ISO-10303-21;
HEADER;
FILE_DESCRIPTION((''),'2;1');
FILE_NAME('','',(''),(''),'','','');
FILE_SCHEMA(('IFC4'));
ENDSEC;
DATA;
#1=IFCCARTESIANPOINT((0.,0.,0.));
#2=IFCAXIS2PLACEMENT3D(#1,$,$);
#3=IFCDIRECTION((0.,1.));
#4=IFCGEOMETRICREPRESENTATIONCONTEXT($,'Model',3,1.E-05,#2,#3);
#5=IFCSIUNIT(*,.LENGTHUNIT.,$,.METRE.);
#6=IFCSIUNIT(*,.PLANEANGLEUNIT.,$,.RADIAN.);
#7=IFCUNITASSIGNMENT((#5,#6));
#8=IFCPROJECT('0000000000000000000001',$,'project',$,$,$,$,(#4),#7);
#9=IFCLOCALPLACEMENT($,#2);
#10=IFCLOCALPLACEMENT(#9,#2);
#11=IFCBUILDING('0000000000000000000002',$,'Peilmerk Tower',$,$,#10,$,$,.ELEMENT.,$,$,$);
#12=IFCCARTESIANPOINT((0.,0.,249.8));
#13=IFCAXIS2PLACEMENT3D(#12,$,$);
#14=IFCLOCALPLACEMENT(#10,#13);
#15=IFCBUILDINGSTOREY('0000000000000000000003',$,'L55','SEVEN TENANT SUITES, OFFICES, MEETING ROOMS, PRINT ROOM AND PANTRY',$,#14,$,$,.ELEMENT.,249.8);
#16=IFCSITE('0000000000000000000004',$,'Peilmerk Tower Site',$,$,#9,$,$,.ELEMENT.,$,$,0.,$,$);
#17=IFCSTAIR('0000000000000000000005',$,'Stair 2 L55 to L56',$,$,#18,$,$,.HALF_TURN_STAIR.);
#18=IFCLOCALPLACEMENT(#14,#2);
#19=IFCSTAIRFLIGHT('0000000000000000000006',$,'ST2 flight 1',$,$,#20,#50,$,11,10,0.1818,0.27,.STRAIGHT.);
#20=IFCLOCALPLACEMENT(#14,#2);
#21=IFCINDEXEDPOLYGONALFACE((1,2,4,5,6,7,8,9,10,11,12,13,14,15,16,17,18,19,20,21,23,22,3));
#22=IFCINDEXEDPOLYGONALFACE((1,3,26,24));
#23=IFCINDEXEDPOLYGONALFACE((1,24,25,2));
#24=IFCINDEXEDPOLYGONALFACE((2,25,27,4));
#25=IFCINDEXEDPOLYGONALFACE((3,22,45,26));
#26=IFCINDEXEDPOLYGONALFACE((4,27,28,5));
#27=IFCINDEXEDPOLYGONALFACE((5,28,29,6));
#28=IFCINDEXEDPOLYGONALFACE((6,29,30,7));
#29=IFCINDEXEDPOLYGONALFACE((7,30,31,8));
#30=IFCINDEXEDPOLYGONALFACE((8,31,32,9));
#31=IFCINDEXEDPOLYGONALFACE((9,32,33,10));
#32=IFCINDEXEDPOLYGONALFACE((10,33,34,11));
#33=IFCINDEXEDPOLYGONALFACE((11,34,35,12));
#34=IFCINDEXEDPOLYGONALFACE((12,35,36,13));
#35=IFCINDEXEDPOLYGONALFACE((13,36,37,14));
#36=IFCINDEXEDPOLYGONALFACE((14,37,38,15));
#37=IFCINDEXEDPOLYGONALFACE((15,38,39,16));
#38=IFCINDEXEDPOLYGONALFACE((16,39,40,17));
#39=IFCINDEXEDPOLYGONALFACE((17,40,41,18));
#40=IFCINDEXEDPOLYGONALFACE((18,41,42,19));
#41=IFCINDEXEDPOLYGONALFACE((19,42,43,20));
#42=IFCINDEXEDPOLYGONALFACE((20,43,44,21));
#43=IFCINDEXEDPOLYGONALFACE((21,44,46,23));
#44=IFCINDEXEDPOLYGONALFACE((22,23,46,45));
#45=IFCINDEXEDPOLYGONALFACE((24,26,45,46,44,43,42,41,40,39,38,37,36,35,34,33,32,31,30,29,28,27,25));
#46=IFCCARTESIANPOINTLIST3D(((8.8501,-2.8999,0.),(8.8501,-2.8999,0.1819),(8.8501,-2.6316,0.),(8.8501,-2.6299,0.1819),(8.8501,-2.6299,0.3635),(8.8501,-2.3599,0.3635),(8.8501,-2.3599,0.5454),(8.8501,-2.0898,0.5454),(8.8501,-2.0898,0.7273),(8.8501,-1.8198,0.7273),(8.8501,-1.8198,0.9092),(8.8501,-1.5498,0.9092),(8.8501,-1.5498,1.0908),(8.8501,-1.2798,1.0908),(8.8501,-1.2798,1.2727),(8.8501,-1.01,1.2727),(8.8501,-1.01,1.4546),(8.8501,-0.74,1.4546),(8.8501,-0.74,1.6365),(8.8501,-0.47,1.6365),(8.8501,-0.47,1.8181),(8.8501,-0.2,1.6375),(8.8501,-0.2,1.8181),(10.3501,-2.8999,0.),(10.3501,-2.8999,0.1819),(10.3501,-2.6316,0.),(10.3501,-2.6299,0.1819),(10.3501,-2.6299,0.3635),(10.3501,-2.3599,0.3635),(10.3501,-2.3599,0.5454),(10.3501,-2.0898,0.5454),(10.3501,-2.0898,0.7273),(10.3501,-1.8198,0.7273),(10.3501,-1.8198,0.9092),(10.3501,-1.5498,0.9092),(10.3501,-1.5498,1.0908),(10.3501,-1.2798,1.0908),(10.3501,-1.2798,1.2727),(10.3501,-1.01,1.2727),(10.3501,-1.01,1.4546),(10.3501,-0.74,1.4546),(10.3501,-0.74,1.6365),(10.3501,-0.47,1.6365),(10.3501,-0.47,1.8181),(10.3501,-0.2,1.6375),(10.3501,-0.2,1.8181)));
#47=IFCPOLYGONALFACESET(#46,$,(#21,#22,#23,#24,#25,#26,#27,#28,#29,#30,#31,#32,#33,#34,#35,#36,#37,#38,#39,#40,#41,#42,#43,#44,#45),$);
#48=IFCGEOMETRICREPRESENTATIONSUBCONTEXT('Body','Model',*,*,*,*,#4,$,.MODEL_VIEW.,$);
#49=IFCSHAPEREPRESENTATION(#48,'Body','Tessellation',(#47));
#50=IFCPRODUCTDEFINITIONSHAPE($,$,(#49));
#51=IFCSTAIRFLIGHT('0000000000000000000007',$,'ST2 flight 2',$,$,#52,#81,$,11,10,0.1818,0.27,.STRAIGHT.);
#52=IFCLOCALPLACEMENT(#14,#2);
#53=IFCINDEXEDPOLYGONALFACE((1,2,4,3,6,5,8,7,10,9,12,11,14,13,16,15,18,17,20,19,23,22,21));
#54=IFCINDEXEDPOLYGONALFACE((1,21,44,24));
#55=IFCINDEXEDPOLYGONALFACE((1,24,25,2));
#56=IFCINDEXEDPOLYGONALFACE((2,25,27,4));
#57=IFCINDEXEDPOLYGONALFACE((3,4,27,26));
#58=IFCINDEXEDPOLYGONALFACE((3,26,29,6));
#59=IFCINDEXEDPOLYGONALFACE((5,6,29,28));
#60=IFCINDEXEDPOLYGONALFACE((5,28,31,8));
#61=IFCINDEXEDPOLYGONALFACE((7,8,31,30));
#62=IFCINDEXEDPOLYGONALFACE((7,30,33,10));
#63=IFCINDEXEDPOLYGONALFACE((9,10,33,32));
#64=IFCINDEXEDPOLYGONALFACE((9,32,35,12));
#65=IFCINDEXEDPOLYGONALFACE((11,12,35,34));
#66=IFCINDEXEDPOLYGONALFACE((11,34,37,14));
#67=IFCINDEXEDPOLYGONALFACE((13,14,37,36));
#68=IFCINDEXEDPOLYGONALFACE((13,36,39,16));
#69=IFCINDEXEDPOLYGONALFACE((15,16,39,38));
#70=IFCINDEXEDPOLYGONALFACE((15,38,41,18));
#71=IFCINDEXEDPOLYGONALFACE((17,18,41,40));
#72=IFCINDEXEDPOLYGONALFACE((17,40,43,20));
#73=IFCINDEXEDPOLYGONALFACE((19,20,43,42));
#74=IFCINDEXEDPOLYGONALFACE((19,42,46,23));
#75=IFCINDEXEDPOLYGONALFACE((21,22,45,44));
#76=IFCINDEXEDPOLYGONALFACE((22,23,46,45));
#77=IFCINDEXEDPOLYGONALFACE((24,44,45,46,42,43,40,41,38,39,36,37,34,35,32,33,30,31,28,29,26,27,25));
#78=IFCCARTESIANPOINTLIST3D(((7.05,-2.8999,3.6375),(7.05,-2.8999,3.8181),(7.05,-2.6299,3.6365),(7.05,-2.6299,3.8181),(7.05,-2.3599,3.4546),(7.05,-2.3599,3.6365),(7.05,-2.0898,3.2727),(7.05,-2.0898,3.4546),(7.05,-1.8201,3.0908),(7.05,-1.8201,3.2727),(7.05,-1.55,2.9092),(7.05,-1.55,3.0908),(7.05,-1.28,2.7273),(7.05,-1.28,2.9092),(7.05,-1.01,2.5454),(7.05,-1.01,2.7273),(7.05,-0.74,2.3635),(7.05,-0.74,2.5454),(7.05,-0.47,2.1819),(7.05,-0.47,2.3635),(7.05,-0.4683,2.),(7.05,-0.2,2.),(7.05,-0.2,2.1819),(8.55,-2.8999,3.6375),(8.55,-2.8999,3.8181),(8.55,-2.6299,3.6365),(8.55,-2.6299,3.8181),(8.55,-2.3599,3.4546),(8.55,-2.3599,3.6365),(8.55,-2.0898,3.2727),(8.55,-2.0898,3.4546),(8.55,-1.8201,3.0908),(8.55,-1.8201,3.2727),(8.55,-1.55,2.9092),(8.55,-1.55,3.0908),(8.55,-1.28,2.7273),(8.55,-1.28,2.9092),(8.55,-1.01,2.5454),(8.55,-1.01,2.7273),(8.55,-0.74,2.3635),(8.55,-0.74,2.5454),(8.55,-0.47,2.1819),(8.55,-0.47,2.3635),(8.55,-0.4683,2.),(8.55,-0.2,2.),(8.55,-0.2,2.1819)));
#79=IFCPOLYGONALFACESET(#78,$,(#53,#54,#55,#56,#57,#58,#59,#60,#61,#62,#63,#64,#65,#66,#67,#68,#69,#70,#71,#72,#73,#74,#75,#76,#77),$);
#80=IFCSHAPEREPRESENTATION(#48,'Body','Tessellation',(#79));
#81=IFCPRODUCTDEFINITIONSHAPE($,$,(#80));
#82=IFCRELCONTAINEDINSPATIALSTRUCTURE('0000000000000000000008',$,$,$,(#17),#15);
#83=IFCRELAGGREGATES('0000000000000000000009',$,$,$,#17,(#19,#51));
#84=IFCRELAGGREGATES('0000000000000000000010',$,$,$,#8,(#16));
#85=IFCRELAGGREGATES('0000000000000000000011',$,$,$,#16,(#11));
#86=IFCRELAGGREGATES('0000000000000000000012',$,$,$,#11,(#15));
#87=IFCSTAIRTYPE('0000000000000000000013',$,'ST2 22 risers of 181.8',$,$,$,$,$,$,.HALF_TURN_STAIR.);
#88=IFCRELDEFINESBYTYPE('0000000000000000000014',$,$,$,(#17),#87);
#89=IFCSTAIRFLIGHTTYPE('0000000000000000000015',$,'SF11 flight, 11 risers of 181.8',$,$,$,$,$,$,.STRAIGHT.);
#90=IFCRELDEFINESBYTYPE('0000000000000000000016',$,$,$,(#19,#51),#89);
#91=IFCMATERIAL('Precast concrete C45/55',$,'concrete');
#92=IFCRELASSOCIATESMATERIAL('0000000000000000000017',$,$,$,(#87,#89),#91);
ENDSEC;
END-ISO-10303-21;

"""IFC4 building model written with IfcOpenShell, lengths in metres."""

from ifc_helpers import new_model, si_unit, direction, frame, origin, place, context, subcontext, project, spatial, polyline, outline, extrude, material, type_object, element, aggregate, save


model = new_model("IFC4")

# Units and contexts
model_context = context("Model", 3, precision=1e-05, world=origin(), true_north=direction((0.0, 1.0)))
body_context = subcontext(model_context, "Body", "Model", "MODEL_VIEW")
ifc_project = project(units=[si_unit("LENGTHUNIT", "METRE"), si_unit("PLANEANGLEUNIT", "RADIAN")], contexts=[model_context])

# Site, building, storey
site_placement = place(None, origin())
site = spatial("IfcSite", under=ifc_project, at=site_placement, Name="Peilmerk Tower Site", CompositionType="ELEMENT", RefElevation=0.0)
building_placement = place(site_placement, origin())
building = spatial("IfcBuilding", under=site, at=building_placement, Name="Peilmerk Tower", CompositionType="ELEMENT")
storey_placement = place(building_placement, frame((0.0, 0.0, 249.8)))
storey = spatial("IfcBuildingStorey", under=building, at=storey_placement, Name="L55", Description="SEVEN TENANT SUITES, OFFICES, MEETING ROOMS, PRINT ROOM AND PANTRY", CompositionType="ELEMENT", Elevation=249.8)

# Stair
ifc_material_1 = material(Name="Precast concrete C45/55", Category="concrete")
stair_type_1 = type_object("IfcStairType", Name="ST2 22 risers of 181.8", PredefinedType="HALF_TURN_STAIR", material=ifc_material_1)
stair_1_placement = place(storey_placement, origin())
stair_1 = element("IfcStair", 1, at=stair_1_placement, inside=storey, type_object=stair_type_1, Name="Stair 2 L55 to L56", PredefinedType="HALF_TURN_STAIR")

# Stair flights
stair_flight_type = type_object("IfcStairFlightType", Name="SF11 flight, 11 risers of 181.8", PredefinedType="STRAIGHT", material=ifc_material_1)
stair_flight_1_placement = place(storey_placement, frame((9.6001, -2.8999, 0.0), z_axis=(0.0, 0.0, 1.0), x_axis=(0.0, 1.0, 0.0)))
stair_flight_1 = element("IfcStairFlight", 2, at=stair_flight_1_placement, type_object=stair_flight_type, Name="ST2 flight 1", NumberOfRisers=11, NumberOfTreads=10, PredefinedType="STRAIGHT", RiserHeight=0.1818, TreadLength=0.27, context=body_context, shape_type="SweptSolid", body=[
    extrude(outline(polyline([(0.0, 0.0), (0.0, 0.1819), (0.27, 0.1819), (0.27, 0.3635), (0.54, 0.3635), (0.54, 0.5454), (0.8101, 0.5454), (0.8101, 0.7273), (1.0801, 0.7273), (1.0801, 0.9092), (1.3501, 0.9092), (1.3501, 1.0908), (1.6201, 1.0908), (1.6201, 1.2727), (1.8899, 1.2727), (1.8899, 1.4546), (2.1599, 1.4546), (2.1599, 1.6365), (2.4299, 1.6365), (2.4299, 1.8181), (2.7, 1.8181), (2.7, 2.0), (2.7, 1.6375), (0.2683, 0.0), (0.0, 0.0)])), frame((0.0, 0.75, 0.0), z_axis=(0.0, -1.0, 0.0), x_axis=(1.0, 0.0, 0.0)), (0.0, 0.0, 1.0), 1.5),
])
stair_flight_2_placement = place(storey_placement, frame((7.8, -0.2, 2.0), z_axis=(0.0, 0.0, 1.0), x_axis=(0.0, -1.0, 0.0)))
stair_flight_2 = element("IfcStairFlight", 3, at=stair_flight_2_placement, type_object=stair_flight_type, Name="ST2 flight 2", NumberOfRisers=11, NumberOfTreads=10, PredefinedType="STRAIGHT", RiserHeight=0.1818, TreadLength=0.27, context=body_context, shape_type="SweptSolid", body=[
    extrude(outline(polyline([(0.0, 0.0), (0.0, 0.1819), (0.27, 0.1819), (0.27, 0.3635), (0.54, 0.3635), (0.54, 0.5454), (0.8101, 0.5454), (0.8101, 0.7273), (1.0801, 0.7273), (1.0801, 0.9092), (1.3501, 0.9092), (1.3501, 1.0908), (1.6201, 1.0908), (1.6201, 1.2727), (1.8899, 1.2727), (1.8899, 1.4546), (2.1599, 1.4546), (2.1599, 1.6365), (2.4299, 1.6365), (2.4299, 1.8181), (2.7, 1.8181), (2.7, 2.0), (2.7, 1.6375), (0.2683, 0.0), (0.0, 0.0)])), frame((0.0, 0.75, 0.0), z_axis=(0.0, -1.0, 0.0), x_axis=(1.0, 0.0, 0.0)), (0.0, 0.0, 1.0), 1.5),
])
aggregate(stair_1, [stair_flight_1, stair_flight_2])

save(model, "model.ifc")
